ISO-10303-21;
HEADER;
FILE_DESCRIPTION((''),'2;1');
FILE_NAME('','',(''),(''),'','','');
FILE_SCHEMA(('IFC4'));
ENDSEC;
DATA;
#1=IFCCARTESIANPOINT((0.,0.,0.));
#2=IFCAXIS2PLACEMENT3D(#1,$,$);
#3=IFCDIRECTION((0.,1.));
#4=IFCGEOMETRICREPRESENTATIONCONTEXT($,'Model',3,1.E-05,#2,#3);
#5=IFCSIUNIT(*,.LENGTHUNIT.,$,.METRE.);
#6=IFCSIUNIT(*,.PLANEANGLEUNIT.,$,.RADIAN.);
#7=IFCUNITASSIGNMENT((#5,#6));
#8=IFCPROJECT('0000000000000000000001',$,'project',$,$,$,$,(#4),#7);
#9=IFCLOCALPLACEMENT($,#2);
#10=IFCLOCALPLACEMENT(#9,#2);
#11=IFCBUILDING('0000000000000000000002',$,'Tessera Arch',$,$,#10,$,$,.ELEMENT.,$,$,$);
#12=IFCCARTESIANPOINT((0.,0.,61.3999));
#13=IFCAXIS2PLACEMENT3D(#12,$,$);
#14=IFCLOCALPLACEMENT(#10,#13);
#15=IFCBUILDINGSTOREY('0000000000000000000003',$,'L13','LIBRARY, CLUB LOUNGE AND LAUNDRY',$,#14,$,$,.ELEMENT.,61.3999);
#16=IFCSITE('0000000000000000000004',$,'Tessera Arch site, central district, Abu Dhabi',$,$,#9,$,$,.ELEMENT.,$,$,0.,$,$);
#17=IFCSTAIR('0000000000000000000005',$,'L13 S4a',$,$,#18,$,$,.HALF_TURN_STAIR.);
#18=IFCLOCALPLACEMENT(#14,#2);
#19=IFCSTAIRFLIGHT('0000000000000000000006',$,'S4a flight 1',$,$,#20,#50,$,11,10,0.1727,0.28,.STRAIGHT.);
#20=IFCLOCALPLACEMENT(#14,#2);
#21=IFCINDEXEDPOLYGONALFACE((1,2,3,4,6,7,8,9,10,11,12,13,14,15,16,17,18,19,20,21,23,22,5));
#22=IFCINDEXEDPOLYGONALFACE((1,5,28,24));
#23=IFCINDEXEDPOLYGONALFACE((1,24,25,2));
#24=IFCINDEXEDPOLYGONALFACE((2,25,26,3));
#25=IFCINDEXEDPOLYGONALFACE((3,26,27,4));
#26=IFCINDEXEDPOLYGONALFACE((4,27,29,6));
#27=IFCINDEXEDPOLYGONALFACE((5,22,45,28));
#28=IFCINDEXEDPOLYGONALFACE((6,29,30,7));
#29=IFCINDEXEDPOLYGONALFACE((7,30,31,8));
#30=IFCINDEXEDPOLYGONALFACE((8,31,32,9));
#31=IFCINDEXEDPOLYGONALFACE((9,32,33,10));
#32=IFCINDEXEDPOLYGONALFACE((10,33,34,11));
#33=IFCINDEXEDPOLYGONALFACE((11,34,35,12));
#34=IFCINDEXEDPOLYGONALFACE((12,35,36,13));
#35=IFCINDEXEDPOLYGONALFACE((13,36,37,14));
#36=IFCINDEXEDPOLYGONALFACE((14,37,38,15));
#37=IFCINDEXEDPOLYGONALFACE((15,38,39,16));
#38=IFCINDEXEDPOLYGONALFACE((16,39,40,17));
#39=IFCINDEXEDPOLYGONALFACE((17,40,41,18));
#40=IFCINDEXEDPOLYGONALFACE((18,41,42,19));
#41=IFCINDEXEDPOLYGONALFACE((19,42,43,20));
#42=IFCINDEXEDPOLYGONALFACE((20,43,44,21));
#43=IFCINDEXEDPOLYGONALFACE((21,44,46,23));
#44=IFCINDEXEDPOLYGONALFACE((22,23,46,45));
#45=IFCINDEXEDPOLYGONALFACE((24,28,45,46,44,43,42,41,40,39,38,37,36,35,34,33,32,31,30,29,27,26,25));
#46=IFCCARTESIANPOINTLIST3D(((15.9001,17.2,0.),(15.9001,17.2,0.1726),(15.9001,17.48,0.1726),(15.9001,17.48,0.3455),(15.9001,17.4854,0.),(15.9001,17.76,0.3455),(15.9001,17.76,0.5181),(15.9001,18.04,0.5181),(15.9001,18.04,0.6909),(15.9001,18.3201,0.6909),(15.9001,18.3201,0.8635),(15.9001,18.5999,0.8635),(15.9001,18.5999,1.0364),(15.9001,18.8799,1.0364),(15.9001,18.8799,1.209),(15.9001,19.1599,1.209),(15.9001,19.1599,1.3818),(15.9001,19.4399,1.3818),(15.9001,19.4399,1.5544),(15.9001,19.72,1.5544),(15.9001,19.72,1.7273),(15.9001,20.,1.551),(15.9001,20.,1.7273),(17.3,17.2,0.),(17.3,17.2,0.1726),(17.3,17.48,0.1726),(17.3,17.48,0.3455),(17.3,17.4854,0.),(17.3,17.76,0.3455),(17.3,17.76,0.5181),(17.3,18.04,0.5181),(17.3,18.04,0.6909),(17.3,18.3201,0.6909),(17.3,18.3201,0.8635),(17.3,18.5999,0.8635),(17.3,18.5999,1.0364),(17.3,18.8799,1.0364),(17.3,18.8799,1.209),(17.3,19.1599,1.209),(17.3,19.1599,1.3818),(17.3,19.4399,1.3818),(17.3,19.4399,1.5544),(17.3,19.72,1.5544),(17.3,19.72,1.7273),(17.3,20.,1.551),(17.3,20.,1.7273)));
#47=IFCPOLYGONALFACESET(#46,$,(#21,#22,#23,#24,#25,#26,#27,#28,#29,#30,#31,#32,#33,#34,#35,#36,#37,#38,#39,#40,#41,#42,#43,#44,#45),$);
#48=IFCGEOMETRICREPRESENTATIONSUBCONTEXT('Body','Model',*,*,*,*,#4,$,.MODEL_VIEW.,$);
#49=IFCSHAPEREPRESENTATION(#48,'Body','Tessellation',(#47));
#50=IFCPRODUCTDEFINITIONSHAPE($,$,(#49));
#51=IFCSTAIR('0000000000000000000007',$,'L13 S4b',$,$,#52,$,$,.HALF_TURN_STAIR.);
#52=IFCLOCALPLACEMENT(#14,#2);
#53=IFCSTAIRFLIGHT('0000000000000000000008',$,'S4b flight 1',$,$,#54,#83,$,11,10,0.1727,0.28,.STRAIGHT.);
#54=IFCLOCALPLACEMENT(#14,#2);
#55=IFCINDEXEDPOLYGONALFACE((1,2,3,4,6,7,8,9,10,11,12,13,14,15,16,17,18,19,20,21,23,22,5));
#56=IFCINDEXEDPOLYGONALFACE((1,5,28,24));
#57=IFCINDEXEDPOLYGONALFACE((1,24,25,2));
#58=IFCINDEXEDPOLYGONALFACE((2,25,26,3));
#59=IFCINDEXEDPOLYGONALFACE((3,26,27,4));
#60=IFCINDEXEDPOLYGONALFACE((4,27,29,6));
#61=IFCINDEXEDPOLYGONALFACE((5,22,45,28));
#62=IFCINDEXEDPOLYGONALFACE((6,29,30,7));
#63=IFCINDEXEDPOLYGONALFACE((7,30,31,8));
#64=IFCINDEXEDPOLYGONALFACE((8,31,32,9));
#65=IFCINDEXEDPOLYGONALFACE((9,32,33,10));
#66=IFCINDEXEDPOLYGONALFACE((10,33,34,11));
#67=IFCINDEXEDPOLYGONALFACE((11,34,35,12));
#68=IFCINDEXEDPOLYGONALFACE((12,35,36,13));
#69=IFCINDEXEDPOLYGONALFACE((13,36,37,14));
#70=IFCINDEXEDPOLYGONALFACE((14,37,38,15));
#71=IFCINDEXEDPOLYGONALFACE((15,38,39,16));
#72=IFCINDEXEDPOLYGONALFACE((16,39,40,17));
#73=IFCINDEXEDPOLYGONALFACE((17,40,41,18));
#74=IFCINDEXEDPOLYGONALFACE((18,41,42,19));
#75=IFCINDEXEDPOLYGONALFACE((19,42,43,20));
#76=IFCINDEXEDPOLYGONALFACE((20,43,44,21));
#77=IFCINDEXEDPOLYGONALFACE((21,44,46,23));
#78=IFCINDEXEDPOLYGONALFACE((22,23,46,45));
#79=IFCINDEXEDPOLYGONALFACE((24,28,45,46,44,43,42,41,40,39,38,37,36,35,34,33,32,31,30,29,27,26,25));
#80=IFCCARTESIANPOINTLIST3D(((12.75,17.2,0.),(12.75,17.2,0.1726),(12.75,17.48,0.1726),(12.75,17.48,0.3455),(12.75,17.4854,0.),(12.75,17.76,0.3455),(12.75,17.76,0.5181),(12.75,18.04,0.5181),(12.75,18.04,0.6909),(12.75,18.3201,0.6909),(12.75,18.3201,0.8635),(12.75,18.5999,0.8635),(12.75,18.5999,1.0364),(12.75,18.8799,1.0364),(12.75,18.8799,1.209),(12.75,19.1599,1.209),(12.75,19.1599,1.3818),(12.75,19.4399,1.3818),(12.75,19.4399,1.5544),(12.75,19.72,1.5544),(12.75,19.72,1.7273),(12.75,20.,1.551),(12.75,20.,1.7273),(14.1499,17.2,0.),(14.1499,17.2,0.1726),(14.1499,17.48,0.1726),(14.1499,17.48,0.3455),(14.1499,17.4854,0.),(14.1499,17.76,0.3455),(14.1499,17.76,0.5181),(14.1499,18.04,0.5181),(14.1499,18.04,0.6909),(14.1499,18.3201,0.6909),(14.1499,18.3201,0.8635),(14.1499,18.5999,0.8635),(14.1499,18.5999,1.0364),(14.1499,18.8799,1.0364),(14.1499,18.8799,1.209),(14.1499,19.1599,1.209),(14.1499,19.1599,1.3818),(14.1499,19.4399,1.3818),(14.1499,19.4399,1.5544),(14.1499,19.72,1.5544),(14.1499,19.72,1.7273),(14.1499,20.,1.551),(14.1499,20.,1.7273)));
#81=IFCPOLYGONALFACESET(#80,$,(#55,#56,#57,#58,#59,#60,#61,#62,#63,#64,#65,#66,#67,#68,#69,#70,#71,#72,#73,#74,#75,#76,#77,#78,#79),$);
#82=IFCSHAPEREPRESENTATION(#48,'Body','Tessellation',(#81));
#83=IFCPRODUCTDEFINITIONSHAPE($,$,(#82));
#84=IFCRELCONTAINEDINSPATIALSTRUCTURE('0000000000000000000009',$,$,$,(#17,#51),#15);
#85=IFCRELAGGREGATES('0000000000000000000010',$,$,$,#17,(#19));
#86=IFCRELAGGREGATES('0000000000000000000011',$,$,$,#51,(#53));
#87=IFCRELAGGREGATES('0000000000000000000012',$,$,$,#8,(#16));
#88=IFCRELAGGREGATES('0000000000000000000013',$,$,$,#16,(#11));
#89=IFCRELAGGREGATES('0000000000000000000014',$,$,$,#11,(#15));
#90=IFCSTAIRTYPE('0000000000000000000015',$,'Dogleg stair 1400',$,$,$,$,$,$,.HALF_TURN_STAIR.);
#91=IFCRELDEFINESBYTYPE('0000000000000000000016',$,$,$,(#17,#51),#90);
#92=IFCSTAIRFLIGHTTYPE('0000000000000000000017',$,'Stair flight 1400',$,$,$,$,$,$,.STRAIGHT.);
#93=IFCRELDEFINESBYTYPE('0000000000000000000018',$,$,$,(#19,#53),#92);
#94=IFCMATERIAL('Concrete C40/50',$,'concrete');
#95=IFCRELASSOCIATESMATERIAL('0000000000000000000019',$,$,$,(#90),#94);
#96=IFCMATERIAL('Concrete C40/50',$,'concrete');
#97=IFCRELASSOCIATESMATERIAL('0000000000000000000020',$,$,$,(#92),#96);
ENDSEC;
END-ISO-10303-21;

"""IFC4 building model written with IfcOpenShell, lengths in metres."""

from ifc_helpers import new_model, si_unit, direction, frame, origin, place, context, subcontext, project, spatial, polyline, outline, extrude, material, type_object, element, aggregate, save


model = new_model("IFC4")

# Units and contexts
model_context = context("Model", 3, precision=1e-05, world=origin(), true_north=direction((0.0, 1.0)))
body_context = subcontext(model_context, "Body", "Model", "MODEL_VIEW")
ifc_project = project(units=[si_unit("LENGTHUNIT", "METRE"), si_unit("PLANEANGLEUNIT", "RADIAN")], contexts=[model_context])

# Site, building, storey
site_placement = place(None, origin())
site = spatial("IfcSite", under=ifc_project, at=site_placement, Name="Tessera Arch site, central district, Abu Dhabi", CompositionType="ELEMENT", RefElevation=0.0)
building_placement = place(site_placement, origin())
building = spatial("IfcBuilding", under=site, at=building_placement, Name="Tessera Arch", CompositionType="ELEMENT")
storey_placement = place(building_placement, frame((0.0, 0.0, 61.3999)))
storey = spatial("IfcBuildingStorey", under=building, at=storey_placement, Name="L13", Description="LIBRARY, CLUB LOUNGE AND LAUNDRY", CompositionType="ELEMENT", Elevation=61.3999)

# Stairs, stair flights
ifc_material_1 = material(Name="Concrete C40/50", Category="concrete")
stair_type = type_object("IfcStairType", Name="Dogleg stair 1400", PredefinedType="HALF_TURN_STAIR", material=ifc_material_1)
stair_1_placement = place(storey_placement, origin())
stair_1 = element("IfcStair", 1, at=stair_1_placement, inside=storey, type_object=stair_type, Name="L13 S4a", PredefinedType="HALF_TURN_STAIR")
ifc_material_2 = material(Name="Concrete C40/50", Category="concrete")
stair_flight_type = type_object("IfcStairFlightType", Name="Stair flight 1400", PredefinedType="STRAIGHT", material=ifc_material_2)
stair_flight_1_placement = place(storey_placement, frame((16.6001, 17.2, 0.0), z_axis=(0.0, 0.0, 1.0), x_axis=(0.0, 1.0, 0.0)))
stair_flight_1 = element("IfcStairFlight", 2, at=stair_flight_1_placement, type_object=stair_flight_type, Name="S4a flight 1", NumberOfRisers=11, NumberOfTreads=10, PredefinedType="STRAIGHT", RiserHeight=0.1727, TreadLength=0.28, context=body_context, shape_type="SweptSolid", body=[
    extrude(outline(polyline([(0.0, 0.0), (0.0, 0.1726), (0.28, 0.1726), (0.28, 0.3455), (0.5601, 0.3455), (0.5601, 0.5181), (0.8401, 0.5181), (0.8401, 0.6909), (1.1201, 0.6909), (1.1201, 0.8635), (1.3999, 0.8635), (1.3999, 1.0364), (1.6799, 1.0364), (1.6799, 1.209), (1.96, 1.209), (1.96, 1.3818), (2.24, 1.3818), (2.24, 1.5544), (2.52, 1.5544), (2.52, 1.7273), (2.8, 1.7273), (2.8, 1.8999), (2.8, 1.551), (0.2854, 0.0), (0.0, 0.0)])), frame((0.0, 0.7, 0.0), z_axis=(0.0, -1.0, 0.0), x_axis=(1.0, 0.0, 0.0)), (0.0, 0.0, 1.0), 1.3999),
])
aggregate(stair_1, [stair_flight_1])
stair_2_placement = place(storey_placement, origin())
stair_2 = element("IfcStair", 3, at=stair_2_placement, inside=storey, type_object=stair_type, Name="L13 S4b", PredefinedType="HALF_TURN_STAIR")
stair_flight_2_placement = place(storey_placement, frame((13.45, 17.2, 0.0), z_axis=(0.0, 0.0, 1.0), x_axis=(0.0, 1.0, 0.0)))
stair_flight_2 = element("IfcStairFlight", 4, at=stair_flight_2_placement, type_object=stair_flight_type, Name="S4b flight 1", NumberOfRisers=11, NumberOfTreads=10, PredefinedType="STRAIGHT", RiserHeight=0.1727, TreadLength=0.28, context=body_context, shape_type="SweptSolid", body=[
    extrude(outline(polyline([(0.0, 0.0), (0.0, 0.1726), (0.28, 0.1726), (0.28, 0.3455), (0.5601, 0.3455), (0.5601, 0.5181), (0.8401, 0.5181), (0.8401, 0.6909), (1.1201, 0.6909), (1.1201, 0.8635), (1.3999, 0.8635), (1.3999, 1.0364), (1.6799, 1.0364), (1.6799, 1.209), (1.96, 1.209), (1.96, 1.3818), (2.24, 1.3818), (2.24, 1.5544), (2.52, 1.5544), (2.52, 1.7273), (2.8, 1.7273), (2.8, 1.8999), (2.8, 1.551), (0.2854, 0.0), (0.0, 0.0)])), frame((0.0, 0.7, 0.0), z_axis=(0.0, -1.0, 0.0), x_axis=(1.0, 0.0, 0.0)), (0.0, 0.0, 1.0), 1.3999),
])
aggregate(stair_2, [stair_flight_2])

save(model, "model.ifc")
